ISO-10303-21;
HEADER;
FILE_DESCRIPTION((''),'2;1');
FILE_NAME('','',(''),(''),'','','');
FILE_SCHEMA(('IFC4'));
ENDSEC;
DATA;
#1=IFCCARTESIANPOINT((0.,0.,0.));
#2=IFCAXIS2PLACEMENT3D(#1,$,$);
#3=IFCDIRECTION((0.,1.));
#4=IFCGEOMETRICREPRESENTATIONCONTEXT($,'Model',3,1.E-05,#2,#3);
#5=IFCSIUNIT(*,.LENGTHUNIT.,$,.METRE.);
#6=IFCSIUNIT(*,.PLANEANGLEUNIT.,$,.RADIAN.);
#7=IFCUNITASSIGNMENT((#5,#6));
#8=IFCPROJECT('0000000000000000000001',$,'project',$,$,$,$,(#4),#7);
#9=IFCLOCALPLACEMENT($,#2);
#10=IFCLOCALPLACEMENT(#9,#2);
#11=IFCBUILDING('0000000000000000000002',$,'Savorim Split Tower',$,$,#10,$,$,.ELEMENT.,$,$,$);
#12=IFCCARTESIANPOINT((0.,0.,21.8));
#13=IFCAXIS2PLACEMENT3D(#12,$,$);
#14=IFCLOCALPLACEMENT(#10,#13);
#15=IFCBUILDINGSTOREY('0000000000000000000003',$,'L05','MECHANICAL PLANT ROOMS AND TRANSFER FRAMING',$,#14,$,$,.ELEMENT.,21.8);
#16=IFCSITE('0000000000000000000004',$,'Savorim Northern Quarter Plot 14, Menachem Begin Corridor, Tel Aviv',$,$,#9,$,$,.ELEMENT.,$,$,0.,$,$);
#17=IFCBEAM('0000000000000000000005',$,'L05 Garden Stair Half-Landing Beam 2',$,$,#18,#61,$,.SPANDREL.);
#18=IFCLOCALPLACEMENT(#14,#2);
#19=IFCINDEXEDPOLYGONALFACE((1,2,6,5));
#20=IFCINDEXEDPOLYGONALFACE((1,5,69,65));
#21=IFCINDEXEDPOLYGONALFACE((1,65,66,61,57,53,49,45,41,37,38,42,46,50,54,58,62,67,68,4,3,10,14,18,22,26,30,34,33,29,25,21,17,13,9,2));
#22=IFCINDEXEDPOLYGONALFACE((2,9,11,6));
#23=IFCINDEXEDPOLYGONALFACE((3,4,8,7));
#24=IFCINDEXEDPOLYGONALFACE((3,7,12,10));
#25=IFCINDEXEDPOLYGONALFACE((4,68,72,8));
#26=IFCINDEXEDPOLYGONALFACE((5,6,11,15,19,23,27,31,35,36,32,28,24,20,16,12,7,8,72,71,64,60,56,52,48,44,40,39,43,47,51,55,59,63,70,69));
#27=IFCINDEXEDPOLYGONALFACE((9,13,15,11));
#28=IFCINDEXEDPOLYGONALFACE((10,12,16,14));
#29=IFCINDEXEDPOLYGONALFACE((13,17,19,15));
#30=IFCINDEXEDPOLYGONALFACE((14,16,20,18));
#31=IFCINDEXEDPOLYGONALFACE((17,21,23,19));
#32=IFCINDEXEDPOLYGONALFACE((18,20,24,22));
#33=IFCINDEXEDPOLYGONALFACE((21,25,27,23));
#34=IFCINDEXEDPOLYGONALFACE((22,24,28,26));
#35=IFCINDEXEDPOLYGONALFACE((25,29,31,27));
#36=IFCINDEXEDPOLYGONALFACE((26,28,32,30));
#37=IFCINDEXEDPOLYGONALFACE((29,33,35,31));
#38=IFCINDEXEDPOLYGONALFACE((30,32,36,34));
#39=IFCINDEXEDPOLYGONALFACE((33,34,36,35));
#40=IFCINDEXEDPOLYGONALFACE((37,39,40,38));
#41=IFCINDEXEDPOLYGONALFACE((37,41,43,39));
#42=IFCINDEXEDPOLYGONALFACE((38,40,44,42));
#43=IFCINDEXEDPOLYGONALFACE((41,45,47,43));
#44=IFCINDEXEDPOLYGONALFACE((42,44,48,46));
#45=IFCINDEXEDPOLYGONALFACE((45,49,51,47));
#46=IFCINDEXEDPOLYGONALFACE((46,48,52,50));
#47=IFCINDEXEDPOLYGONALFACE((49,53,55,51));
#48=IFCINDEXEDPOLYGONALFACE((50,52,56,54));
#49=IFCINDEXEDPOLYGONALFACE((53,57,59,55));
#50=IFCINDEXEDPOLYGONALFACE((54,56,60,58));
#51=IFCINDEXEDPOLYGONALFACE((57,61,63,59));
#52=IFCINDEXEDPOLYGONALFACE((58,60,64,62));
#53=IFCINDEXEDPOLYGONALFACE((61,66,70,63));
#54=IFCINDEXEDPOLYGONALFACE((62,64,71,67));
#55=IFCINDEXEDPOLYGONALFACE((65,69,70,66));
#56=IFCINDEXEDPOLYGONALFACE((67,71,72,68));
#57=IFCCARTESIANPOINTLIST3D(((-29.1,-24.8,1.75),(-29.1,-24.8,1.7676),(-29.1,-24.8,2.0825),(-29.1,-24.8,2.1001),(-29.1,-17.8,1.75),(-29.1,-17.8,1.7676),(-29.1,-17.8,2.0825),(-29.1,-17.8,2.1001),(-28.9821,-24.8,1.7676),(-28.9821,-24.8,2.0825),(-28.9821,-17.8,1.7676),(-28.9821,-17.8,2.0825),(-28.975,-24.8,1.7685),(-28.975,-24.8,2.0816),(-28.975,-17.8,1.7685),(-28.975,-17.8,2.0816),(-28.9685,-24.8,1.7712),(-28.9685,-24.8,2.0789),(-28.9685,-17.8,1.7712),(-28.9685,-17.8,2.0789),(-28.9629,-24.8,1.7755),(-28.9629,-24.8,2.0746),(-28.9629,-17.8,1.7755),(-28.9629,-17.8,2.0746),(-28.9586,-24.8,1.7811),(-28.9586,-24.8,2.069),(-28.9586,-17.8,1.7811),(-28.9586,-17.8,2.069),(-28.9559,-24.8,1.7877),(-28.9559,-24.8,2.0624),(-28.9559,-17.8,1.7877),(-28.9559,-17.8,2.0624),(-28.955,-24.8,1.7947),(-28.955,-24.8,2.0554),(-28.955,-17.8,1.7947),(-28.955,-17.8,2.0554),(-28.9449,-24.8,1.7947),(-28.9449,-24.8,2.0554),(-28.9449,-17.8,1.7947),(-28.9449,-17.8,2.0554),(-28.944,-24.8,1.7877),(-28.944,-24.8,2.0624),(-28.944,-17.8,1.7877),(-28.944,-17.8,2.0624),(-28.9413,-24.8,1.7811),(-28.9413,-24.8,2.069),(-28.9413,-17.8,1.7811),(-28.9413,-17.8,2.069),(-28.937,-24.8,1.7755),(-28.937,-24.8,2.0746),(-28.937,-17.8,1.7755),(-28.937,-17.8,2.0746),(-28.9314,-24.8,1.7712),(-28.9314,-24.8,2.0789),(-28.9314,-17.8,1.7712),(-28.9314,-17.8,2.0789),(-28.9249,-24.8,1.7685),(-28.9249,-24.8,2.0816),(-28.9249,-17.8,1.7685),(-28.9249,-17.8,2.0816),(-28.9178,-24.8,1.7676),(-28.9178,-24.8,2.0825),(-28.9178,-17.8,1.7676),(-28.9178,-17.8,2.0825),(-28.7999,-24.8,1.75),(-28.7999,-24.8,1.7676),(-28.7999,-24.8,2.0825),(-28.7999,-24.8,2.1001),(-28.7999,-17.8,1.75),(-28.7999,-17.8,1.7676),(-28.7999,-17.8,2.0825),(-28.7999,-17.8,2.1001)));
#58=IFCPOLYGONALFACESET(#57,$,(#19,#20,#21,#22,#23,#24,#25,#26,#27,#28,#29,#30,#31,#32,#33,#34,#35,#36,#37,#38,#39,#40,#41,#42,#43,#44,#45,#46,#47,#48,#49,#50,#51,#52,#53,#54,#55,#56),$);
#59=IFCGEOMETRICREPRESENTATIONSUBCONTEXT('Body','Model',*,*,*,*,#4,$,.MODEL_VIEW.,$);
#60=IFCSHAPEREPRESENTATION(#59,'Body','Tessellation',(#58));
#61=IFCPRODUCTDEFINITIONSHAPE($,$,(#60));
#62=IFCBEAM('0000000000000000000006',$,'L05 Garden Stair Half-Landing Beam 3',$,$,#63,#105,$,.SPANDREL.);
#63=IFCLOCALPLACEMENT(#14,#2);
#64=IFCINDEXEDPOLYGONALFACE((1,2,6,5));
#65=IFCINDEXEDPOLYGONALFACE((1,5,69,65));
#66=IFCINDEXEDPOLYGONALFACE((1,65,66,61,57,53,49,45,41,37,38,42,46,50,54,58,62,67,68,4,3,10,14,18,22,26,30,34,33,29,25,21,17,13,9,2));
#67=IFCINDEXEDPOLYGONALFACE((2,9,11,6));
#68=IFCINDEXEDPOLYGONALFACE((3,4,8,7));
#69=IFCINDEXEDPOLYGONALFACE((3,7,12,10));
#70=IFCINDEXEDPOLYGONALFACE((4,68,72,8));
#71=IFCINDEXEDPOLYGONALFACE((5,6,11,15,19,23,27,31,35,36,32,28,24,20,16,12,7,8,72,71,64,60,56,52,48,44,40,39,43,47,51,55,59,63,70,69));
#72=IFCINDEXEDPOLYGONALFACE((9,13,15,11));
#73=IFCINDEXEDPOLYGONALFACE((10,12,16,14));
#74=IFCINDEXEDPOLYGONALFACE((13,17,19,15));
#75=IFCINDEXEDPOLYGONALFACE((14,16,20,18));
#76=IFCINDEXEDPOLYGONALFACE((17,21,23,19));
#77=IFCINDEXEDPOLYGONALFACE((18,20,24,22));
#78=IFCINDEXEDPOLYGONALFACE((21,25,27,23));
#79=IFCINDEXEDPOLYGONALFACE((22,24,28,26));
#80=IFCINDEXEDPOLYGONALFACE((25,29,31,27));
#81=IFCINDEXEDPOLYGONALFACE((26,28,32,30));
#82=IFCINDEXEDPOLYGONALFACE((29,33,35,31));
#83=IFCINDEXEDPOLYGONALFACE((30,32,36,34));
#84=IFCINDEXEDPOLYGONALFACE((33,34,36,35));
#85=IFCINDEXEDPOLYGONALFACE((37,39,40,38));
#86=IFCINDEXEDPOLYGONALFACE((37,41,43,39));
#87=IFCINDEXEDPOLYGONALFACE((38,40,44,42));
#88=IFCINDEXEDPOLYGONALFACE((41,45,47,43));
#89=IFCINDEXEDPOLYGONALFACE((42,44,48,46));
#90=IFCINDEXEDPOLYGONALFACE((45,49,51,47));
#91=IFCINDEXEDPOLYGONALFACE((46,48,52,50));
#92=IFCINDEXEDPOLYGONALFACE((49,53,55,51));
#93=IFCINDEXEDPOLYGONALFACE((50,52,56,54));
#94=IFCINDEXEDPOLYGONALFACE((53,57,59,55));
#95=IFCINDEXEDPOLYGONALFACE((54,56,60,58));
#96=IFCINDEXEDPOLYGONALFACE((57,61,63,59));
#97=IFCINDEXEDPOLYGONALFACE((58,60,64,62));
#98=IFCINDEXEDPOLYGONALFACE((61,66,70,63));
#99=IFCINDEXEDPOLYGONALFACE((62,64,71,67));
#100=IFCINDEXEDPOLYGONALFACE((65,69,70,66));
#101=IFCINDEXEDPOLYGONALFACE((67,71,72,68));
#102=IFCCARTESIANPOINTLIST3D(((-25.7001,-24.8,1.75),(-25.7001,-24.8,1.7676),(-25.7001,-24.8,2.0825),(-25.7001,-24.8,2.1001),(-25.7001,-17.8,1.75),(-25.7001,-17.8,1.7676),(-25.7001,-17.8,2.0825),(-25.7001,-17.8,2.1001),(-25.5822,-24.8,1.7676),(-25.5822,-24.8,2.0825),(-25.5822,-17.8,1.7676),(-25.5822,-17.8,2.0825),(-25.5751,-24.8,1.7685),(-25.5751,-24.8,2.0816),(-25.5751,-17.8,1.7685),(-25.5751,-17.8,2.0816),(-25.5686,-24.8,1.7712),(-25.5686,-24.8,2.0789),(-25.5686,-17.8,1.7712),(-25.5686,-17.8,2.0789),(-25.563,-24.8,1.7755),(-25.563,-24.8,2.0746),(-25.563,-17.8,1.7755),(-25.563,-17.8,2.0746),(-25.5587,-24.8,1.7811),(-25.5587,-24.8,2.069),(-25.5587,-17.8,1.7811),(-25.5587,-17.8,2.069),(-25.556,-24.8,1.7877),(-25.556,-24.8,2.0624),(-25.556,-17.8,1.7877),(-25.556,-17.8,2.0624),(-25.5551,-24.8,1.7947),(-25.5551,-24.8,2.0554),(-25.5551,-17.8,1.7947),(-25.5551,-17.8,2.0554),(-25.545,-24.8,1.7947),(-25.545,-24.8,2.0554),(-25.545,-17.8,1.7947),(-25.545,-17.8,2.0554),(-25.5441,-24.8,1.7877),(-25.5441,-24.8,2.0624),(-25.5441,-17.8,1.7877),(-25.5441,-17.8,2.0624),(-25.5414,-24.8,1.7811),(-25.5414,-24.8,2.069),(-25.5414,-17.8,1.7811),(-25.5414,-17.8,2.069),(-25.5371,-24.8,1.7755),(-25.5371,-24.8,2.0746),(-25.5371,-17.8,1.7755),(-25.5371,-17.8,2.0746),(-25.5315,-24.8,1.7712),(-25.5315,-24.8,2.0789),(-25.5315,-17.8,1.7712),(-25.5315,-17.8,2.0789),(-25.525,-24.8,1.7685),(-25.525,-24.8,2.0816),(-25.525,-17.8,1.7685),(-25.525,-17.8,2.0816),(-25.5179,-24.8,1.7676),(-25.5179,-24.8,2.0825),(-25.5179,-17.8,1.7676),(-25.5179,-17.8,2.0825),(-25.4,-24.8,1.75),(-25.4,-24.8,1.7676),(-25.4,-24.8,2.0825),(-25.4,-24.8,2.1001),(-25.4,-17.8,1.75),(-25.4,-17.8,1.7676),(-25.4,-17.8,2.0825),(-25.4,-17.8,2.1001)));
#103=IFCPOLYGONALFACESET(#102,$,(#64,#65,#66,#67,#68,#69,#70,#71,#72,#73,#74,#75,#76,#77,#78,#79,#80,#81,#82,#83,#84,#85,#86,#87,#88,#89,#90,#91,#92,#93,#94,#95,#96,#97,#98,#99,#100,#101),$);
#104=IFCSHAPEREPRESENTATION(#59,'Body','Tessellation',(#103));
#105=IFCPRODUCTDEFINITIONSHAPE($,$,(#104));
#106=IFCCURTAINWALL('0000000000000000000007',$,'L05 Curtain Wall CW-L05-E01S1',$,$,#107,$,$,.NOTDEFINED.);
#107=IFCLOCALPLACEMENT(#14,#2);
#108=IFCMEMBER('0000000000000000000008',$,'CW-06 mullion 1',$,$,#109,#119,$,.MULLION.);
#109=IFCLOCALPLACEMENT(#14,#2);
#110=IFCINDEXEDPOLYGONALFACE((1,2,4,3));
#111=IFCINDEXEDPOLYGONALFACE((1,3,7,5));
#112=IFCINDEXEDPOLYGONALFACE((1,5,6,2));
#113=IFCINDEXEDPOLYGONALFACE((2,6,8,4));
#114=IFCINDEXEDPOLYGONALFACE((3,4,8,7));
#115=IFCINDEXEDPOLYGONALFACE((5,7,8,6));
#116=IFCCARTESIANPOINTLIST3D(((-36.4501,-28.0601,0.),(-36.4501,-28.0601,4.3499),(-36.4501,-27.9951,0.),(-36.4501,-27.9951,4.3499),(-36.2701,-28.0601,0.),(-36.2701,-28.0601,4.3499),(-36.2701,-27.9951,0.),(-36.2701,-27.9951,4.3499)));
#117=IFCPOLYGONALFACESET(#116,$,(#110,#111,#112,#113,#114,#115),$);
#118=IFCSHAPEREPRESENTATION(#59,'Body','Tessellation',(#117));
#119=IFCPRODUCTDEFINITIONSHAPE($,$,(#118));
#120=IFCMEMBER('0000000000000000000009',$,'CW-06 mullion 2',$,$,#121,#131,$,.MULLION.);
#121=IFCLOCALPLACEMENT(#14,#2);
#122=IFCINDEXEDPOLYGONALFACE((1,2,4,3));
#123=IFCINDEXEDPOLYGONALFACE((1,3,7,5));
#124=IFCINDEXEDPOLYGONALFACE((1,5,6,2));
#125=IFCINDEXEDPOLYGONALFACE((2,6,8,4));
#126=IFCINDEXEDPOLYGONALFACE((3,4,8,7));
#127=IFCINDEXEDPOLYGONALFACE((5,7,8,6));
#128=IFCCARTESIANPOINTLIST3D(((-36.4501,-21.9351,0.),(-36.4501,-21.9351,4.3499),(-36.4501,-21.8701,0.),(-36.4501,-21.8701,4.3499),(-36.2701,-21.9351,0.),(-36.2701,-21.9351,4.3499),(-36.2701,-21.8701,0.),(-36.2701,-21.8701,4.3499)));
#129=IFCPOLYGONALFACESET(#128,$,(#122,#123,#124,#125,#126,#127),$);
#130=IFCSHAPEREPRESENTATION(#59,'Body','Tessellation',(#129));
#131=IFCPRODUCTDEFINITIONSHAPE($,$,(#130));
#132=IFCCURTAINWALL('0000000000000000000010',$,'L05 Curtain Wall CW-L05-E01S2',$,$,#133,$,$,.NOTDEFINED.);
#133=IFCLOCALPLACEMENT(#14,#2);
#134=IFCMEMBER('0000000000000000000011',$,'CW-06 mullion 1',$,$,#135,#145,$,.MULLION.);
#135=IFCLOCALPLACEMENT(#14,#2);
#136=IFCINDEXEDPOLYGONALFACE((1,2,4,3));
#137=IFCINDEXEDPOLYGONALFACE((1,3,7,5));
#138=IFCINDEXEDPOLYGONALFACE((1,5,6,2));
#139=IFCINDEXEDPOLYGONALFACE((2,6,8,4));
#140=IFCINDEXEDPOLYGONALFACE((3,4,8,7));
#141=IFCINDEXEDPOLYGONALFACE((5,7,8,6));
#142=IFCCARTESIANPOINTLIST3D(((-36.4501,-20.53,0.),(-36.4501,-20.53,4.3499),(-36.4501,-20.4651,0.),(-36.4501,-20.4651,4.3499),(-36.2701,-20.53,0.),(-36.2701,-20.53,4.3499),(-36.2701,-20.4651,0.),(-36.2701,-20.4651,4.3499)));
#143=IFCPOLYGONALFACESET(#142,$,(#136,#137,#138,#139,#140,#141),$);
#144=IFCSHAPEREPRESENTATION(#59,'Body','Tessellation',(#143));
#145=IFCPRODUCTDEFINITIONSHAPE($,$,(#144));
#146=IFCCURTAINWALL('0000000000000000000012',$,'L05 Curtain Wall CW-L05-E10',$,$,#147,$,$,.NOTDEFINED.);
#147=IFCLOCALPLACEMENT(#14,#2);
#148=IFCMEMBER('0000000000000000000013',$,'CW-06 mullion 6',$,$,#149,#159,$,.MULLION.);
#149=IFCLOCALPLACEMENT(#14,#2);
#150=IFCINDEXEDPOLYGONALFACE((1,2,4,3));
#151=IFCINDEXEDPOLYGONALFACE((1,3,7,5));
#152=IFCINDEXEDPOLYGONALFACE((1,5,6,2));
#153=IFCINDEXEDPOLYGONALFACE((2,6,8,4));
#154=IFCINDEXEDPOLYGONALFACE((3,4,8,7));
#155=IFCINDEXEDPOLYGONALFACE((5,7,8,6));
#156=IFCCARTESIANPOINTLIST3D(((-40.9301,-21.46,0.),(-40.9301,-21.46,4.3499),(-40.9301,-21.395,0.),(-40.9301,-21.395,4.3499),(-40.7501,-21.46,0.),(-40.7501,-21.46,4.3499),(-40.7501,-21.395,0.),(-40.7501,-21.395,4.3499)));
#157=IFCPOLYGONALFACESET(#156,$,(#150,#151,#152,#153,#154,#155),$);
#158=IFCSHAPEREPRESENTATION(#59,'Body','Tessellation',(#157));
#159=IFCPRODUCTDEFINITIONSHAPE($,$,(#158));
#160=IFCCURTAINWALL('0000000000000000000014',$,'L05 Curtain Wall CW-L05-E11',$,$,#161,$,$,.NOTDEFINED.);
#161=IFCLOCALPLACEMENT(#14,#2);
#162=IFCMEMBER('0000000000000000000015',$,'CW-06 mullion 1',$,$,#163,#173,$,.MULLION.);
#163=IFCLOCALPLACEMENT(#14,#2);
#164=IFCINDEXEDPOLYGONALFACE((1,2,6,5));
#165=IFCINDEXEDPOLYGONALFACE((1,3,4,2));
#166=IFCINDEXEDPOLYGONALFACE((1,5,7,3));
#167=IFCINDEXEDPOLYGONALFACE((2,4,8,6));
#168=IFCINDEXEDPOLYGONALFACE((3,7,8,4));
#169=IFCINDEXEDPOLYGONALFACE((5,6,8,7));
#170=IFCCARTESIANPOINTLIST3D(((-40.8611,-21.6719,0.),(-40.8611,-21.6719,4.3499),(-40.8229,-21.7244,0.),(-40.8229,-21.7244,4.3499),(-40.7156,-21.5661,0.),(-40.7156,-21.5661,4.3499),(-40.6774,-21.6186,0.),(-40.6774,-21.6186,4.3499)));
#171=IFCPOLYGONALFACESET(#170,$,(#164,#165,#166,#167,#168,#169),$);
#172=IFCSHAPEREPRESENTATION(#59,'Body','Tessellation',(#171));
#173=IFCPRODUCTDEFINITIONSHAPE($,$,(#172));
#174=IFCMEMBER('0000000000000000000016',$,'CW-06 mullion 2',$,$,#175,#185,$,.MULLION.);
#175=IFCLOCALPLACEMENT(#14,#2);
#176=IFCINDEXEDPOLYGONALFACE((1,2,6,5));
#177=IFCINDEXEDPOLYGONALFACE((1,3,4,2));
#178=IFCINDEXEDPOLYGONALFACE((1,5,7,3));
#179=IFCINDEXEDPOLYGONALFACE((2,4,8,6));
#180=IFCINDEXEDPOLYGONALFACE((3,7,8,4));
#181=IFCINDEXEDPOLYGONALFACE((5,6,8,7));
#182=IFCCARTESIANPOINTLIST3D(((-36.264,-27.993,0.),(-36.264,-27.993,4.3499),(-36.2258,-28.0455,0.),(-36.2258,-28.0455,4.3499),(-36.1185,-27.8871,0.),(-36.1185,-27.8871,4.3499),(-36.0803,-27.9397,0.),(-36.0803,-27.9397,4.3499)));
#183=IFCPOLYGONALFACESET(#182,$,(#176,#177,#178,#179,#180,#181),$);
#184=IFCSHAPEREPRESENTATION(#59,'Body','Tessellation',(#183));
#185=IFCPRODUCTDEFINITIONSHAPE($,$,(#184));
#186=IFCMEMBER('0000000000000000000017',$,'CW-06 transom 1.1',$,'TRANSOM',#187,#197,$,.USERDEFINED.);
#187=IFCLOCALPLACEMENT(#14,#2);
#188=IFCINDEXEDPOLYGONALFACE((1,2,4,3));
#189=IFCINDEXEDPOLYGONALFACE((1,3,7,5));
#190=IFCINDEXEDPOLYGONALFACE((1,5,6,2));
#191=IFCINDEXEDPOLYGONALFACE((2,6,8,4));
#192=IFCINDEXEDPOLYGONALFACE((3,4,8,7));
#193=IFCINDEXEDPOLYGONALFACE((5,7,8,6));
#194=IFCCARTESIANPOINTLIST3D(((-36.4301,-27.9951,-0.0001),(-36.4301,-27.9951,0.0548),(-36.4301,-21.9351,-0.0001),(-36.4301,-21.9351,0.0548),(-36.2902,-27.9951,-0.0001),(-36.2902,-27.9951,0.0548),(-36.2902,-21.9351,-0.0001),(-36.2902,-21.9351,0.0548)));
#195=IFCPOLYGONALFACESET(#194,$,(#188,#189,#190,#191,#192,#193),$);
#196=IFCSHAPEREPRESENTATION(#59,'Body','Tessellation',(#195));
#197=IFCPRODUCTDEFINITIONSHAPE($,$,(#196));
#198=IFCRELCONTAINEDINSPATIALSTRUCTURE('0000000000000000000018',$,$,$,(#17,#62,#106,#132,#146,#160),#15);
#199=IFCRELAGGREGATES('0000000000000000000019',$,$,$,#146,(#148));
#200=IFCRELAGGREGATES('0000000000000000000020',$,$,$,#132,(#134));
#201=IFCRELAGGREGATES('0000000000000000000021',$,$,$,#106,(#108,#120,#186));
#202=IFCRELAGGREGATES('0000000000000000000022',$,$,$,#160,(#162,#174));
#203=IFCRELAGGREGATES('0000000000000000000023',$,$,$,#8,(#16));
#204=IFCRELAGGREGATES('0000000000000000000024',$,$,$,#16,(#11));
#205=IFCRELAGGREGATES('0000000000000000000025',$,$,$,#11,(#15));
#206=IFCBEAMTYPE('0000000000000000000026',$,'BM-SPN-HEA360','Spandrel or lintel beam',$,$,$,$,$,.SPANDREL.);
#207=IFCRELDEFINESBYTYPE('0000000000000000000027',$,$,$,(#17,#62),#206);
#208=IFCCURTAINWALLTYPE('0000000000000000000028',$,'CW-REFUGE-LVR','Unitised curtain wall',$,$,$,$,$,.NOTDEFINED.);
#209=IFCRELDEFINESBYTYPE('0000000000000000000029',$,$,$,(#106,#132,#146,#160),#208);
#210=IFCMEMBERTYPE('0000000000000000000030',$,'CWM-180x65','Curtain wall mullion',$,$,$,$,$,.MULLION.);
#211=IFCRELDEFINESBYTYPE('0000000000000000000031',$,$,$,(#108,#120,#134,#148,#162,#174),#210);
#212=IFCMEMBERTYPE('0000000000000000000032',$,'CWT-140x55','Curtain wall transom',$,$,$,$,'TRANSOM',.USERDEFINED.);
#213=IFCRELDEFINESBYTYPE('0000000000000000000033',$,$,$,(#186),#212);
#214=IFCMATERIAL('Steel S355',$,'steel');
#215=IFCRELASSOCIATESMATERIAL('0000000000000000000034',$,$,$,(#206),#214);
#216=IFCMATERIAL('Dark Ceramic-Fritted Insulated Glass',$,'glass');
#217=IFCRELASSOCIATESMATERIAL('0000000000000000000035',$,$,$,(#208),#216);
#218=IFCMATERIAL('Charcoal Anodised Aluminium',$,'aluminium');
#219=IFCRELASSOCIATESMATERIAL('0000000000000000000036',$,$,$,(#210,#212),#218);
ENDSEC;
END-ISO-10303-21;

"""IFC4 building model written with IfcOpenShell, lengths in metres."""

from ifc_helpers import new_model, si_unit, direction, frame, origin, origin_2d, place, context, subcontext, project, spatial, rectangle, i_section, extrude, material, material_profile, profile_set, type_object, element, aggregate, save


model = new_model("IFC4")

# Units and contexts
model_context = context("Model", 3, precision=1e-05, world=origin(), true_north=direction((0.0, 1.0)))
body_context = subcontext(model_context, "Body", "Model", "MODEL_VIEW")
ifc_project = project(units=[si_unit("LENGTHUNIT", "METRE"), si_unit("PLANEANGLEUNIT", "RADIAN")], contexts=[model_context])

# Site, building, storey
site_placement = place(None, origin())
site = spatial("IfcSite", under=ifc_project, at=site_placement, Name="Savorim Northern Quarter Plot 14, Menachem Begin Corridor, Tel Aviv", CompositionType="ELEMENT", RefElevation=0.0)
building_placement = place(site_placement, origin())
building = spatial("IfcBuilding", under=site, at=building_placement, Name="Savorim Split Tower", CompositionType="ELEMENT")
storey_placement = place(building_placement, frame((0.0, 0.0, 21.8)))
storey = spatial("IfcBuildingStorey", under=building, at=storey_placement, Name="L05", Description="MECHANICAL PLANT ROOMS AND TRANSFER FRAMING", CompositionType="ELEMENT", Elevation=21.8)

# Beams
ifc_material_1 = material(Name="Steel S355", Category="steel")
ifc_material_profile_1 = material_profile(ifc_material_1, i_section(OverallWidth=0.3, OverallDepth=0.3501, WebThickness=0.01, FlangeThickness=0.0176, FilletRadius=0.0271, at=origin_2d()), Name="HEA 360")
ifc_profile_set_1 = profile_set([ifc_material_profile_1], Name="Steel S355")
beam_type_1 = type_object("IfcBeamType", Name="BM-SPN-HEA360", Description="Spandrel or lintel beam", PredefinedType="SPANDREL", material=ifc_profile_set_1)
for number, where, z_axis, x_axis, name in (
    (1, (-28.95, -24.8, 1.925), (0.0, 1.0, 0.0), (-1.0, 0.0, 0.0), "L05 Garden Stair Half-Landing Beam 2"),
    (2, (-25.55, -24.8, 1.925), (0.0, 1.0, 0.0), (-1.0, 0.0, 0.0), "L05 Garden Stair Half-Landing Beam 3"),
):
    element("IfcBeam", number, at=place(storey_placement, frame(where, z_axis=z_axis, x_axis=x_axis)), inside=storey, type_object=beam_type_1, Name=name, PredefinedType="SPANDREL", context=body_context, shape_type="SweptSolid", body=[
        extrude(i_section(OverallWidth=0.3, OverallDepth=0.3501, WebThickness=0.01, FlangeThickness=0.0176, FilletRadius=0.0271, at=origin_2d()), origin(), (0.0, 0.0, 1.0), 7.0),
    ])

# Curtain wall, members
ifc_material_2 = material(Name="Dark Ceramic-Fritted Insulated Glass", Category="glass")
curtain_wall_type = type_object("IfcCurtainWallType", Name="CW-REFUGE-LVR", Description="Unitised curtain wall", PredefinedType="NOTDEFINED", material=ifc_material_2)
curtain_wall_1_placement = place(storey_placement, origin())
curtain_wall_1 = element("IfcCurtainWall", 3, at=curtain_wall_1_placement, inside=storey, type_object=curtain_wall_type, Name="L05 Curtain Wall CW-L05-E01S1", PredefinedType="NOTDEFINED")
ifc_material_3 = material(Name="Charcoal Anodised Aluminium", Category="aluminium")
ifc_material_profile_2 = material_profile(ifc_material_3, rectangle(XDim=0.1799, YDim=0.0649, at=origin_2d()), Name="ALU-M 180x65")
ifc_profile_set_2 = profile_set([ifc_material_profile_2], Name="Charcoal Anodised Aluminium")
member_type_1 = type_object("IfcMemberType", Name="CWM-180x65", Description="Curtain wall mullion", PredefinedType="MULLION", material=ifc_profile_set_2)
member_1_placement = place(storey_placement, frame((-36.3601, -28.0276, 0.0), z_axis=(0.0, 0.0, 1.0), x_axis=(-1.0, 0.0, 0.0)))
member_1 = element("IfcMember", 4, at=member_1_placement, type_object=member_type_1, Name="CW-06 mullion 1", PredefinedType="MULLION", context=body_context, shape_type="SweptSolid", body=[
    extrude(rectangle(XDim=0.1799, YDim=0.0649, at=origin_2d()), origin(), (0.0, 0.0, 1.0), 4.3499),
])
member_2_placement = place(storey_placement, frame((-36.3601, -21.9026, 0.0), z_axis=(0.0, 0.0, 1.0), x_axis=(-1.0, 0.0, 0.0)))
member_2 = element("IfcMember", 5, at=member_2_placement, type_object=member_type_1, Name="CW-06 mullion 2", PredefinedType="MULLION", context=body_context, shape_type="SweptSolid", body=[
    extrude(rectangle(XDim=0.1799, YDim=0.0649, at=origin_2d()), origin(), (0.0, 0.0, 1.0), 4.3499),
])

# Curtain walls, members
curtain_wall_2_placement = place(storey_placement, origin())
curtain_wall_2 = element("IfcCurtainWall", 6, at=curtain_wall_2_placement, inside=storey, type_object=curtain_wall_type, Name="L05 Curtain Wall CW-L05-E01S2", PredefinedType="NOTDEFINED")
member_3_placement = place(storey_placement, frame((-36.3601, -20.4976, 0.0), z_axis=(0.0, 0.0, 1.0), x_axis=(-1.0, 0.0, 0.0)))
member_3 = element("IfcMember", 7, at=member_3_placement, type_object=member_type_1, Name="CW-06 mullion 1", PredefinedType="MULLION", context=body_context, shape_type="SweptSolid", body=[
    extrude(rectangle(XDim=0.1799, YDim=0.0649, at=origin_2d()), origin(), (0.0, 0.0, 1.0), 4.3499),
])
curtain_wall_3_placement = place(storey_placement, origin())
curtain_wall_3 = element("IfcCurtainWall", 8, at=curtain_wall_3_placement, inside=storey, type_object=curtain_wall_type, Name="L05 Curtain Wall CW-L05-E10", PredefinedType="NOTDEFINED")
member_4_placement = place(storey_placement, frame((-40.8401, -21.4275, 0.0), z_axis=(0.0, 0.0, 1.0), x_axis=(1.0, 0.0, 0.0)))
member_4 = element("IfcMember", 9, at=member_4_placement, type_object=member_type_1, Name="CW-06 mullion 6", PredefinedType="MULLION", context=body_context, shape_type="SweptSolid", body=[
    extrude(rectangle(XDim=0.1799, YDim=0.0649, at=origin_2d()), origin(), (0.0, 0.0, 1.0), 4.3499),
])
aggregate(curtain_wall_3, [member_4])

# Curtain wall, members
curtain_wall_4_placement = place(storey_placement, origin())
curtain_wall_4 = element("IfcCurtainWall", 10, at=curtain_wall_4_placement, inside=storey, type_object=curtain_wall_type, Name="L05 Curtain Wall CW-L05-E11", PredefinedType="NOTDEFINED")
member_5_placement = place(storey_placement, frame((-40.7693, -21.6453, 0.0), z_axis=(0.0, 0.0, 1.0), x_axis=(0.808733, 0.588176, 0.0)))
member_5 = element("IfcMember", 11, at=member_5_placement, type_object=member_type_1, Name="CW-06 mullion 1", PredefinedType="MULLION", context=body_context, shape_type="SweptSolid", body=[
    extrude(rectangle(XDim=0.1799, YDim=0.0649, at=origin_2d()), origin(), (0.0, 0.0, 1.0), 4.3499),
])
member_6_placement = place(storey_placement, frame((-36.1721, -27.9663, 0.0), z_axis=(0.0, 0.0, 1.0), x_axis=(0.808733, 0.588176, 0.0)))
member_6 = element("IfcMember", 12, at=member_6_placement, type_object=member_type_1, Name="CW-06 mullion 2", PredefinedType="MULLION", context=body_context, shape_type="SweptSolid", body=[
    extrude(rectangle(XDim=0.1799, YDim=0.0649, at=origin_2d()), origin(), (0.0, 0.0, 1.0), 4.3499),
])

# Member
ifc_material_profile_3 = material_profile(ifc_material_3, rectangle(XDim=0.1399, YDim=0.0549, at=origin_2d()), Name="ALU-T 140x55")
ifc_profile_set_3 = profile_set([ifc_material_profile_3], Name="Charcoal Anodised Aluminium")
member_type_2 = type_object("IfcMemberType", Name="CWT-140x55", Description="Curtain wall transom", ElementType="TRANSOM", PredefinedType="USERDEFINED", material=ifc_profile_set_3)
member_7_placement = place(storey_placement, frame((-36.3601, -27.9951, 0.0273), z_axis=(0.0, 1.0, 0.0), x_axis=(-1.0, 0.0, 0.0)))
member_7 = element("IfcMember", 13, at=member_7_placement, type_object=member_type_2, Name="CW-06 transom 1.1", ObjectType="TRANSOM", PredefinedType="USERDEFINED", context=body_context, shape_type="SweptSolid", body=[
    extrude(rectangle(XDim=0.1399, YDim=0.0549, at=origin_2d()), origin(), (0.0, 0.0, 1.0), 6.0601),
])
aggregate(curtain_wall_2, [member_3])

aggregate(curtain_wall_1, [member_1, member_2, member_7])
aggregate(curtain_wall_4, [member_5, member_6])

save(model, "model.ifc")
